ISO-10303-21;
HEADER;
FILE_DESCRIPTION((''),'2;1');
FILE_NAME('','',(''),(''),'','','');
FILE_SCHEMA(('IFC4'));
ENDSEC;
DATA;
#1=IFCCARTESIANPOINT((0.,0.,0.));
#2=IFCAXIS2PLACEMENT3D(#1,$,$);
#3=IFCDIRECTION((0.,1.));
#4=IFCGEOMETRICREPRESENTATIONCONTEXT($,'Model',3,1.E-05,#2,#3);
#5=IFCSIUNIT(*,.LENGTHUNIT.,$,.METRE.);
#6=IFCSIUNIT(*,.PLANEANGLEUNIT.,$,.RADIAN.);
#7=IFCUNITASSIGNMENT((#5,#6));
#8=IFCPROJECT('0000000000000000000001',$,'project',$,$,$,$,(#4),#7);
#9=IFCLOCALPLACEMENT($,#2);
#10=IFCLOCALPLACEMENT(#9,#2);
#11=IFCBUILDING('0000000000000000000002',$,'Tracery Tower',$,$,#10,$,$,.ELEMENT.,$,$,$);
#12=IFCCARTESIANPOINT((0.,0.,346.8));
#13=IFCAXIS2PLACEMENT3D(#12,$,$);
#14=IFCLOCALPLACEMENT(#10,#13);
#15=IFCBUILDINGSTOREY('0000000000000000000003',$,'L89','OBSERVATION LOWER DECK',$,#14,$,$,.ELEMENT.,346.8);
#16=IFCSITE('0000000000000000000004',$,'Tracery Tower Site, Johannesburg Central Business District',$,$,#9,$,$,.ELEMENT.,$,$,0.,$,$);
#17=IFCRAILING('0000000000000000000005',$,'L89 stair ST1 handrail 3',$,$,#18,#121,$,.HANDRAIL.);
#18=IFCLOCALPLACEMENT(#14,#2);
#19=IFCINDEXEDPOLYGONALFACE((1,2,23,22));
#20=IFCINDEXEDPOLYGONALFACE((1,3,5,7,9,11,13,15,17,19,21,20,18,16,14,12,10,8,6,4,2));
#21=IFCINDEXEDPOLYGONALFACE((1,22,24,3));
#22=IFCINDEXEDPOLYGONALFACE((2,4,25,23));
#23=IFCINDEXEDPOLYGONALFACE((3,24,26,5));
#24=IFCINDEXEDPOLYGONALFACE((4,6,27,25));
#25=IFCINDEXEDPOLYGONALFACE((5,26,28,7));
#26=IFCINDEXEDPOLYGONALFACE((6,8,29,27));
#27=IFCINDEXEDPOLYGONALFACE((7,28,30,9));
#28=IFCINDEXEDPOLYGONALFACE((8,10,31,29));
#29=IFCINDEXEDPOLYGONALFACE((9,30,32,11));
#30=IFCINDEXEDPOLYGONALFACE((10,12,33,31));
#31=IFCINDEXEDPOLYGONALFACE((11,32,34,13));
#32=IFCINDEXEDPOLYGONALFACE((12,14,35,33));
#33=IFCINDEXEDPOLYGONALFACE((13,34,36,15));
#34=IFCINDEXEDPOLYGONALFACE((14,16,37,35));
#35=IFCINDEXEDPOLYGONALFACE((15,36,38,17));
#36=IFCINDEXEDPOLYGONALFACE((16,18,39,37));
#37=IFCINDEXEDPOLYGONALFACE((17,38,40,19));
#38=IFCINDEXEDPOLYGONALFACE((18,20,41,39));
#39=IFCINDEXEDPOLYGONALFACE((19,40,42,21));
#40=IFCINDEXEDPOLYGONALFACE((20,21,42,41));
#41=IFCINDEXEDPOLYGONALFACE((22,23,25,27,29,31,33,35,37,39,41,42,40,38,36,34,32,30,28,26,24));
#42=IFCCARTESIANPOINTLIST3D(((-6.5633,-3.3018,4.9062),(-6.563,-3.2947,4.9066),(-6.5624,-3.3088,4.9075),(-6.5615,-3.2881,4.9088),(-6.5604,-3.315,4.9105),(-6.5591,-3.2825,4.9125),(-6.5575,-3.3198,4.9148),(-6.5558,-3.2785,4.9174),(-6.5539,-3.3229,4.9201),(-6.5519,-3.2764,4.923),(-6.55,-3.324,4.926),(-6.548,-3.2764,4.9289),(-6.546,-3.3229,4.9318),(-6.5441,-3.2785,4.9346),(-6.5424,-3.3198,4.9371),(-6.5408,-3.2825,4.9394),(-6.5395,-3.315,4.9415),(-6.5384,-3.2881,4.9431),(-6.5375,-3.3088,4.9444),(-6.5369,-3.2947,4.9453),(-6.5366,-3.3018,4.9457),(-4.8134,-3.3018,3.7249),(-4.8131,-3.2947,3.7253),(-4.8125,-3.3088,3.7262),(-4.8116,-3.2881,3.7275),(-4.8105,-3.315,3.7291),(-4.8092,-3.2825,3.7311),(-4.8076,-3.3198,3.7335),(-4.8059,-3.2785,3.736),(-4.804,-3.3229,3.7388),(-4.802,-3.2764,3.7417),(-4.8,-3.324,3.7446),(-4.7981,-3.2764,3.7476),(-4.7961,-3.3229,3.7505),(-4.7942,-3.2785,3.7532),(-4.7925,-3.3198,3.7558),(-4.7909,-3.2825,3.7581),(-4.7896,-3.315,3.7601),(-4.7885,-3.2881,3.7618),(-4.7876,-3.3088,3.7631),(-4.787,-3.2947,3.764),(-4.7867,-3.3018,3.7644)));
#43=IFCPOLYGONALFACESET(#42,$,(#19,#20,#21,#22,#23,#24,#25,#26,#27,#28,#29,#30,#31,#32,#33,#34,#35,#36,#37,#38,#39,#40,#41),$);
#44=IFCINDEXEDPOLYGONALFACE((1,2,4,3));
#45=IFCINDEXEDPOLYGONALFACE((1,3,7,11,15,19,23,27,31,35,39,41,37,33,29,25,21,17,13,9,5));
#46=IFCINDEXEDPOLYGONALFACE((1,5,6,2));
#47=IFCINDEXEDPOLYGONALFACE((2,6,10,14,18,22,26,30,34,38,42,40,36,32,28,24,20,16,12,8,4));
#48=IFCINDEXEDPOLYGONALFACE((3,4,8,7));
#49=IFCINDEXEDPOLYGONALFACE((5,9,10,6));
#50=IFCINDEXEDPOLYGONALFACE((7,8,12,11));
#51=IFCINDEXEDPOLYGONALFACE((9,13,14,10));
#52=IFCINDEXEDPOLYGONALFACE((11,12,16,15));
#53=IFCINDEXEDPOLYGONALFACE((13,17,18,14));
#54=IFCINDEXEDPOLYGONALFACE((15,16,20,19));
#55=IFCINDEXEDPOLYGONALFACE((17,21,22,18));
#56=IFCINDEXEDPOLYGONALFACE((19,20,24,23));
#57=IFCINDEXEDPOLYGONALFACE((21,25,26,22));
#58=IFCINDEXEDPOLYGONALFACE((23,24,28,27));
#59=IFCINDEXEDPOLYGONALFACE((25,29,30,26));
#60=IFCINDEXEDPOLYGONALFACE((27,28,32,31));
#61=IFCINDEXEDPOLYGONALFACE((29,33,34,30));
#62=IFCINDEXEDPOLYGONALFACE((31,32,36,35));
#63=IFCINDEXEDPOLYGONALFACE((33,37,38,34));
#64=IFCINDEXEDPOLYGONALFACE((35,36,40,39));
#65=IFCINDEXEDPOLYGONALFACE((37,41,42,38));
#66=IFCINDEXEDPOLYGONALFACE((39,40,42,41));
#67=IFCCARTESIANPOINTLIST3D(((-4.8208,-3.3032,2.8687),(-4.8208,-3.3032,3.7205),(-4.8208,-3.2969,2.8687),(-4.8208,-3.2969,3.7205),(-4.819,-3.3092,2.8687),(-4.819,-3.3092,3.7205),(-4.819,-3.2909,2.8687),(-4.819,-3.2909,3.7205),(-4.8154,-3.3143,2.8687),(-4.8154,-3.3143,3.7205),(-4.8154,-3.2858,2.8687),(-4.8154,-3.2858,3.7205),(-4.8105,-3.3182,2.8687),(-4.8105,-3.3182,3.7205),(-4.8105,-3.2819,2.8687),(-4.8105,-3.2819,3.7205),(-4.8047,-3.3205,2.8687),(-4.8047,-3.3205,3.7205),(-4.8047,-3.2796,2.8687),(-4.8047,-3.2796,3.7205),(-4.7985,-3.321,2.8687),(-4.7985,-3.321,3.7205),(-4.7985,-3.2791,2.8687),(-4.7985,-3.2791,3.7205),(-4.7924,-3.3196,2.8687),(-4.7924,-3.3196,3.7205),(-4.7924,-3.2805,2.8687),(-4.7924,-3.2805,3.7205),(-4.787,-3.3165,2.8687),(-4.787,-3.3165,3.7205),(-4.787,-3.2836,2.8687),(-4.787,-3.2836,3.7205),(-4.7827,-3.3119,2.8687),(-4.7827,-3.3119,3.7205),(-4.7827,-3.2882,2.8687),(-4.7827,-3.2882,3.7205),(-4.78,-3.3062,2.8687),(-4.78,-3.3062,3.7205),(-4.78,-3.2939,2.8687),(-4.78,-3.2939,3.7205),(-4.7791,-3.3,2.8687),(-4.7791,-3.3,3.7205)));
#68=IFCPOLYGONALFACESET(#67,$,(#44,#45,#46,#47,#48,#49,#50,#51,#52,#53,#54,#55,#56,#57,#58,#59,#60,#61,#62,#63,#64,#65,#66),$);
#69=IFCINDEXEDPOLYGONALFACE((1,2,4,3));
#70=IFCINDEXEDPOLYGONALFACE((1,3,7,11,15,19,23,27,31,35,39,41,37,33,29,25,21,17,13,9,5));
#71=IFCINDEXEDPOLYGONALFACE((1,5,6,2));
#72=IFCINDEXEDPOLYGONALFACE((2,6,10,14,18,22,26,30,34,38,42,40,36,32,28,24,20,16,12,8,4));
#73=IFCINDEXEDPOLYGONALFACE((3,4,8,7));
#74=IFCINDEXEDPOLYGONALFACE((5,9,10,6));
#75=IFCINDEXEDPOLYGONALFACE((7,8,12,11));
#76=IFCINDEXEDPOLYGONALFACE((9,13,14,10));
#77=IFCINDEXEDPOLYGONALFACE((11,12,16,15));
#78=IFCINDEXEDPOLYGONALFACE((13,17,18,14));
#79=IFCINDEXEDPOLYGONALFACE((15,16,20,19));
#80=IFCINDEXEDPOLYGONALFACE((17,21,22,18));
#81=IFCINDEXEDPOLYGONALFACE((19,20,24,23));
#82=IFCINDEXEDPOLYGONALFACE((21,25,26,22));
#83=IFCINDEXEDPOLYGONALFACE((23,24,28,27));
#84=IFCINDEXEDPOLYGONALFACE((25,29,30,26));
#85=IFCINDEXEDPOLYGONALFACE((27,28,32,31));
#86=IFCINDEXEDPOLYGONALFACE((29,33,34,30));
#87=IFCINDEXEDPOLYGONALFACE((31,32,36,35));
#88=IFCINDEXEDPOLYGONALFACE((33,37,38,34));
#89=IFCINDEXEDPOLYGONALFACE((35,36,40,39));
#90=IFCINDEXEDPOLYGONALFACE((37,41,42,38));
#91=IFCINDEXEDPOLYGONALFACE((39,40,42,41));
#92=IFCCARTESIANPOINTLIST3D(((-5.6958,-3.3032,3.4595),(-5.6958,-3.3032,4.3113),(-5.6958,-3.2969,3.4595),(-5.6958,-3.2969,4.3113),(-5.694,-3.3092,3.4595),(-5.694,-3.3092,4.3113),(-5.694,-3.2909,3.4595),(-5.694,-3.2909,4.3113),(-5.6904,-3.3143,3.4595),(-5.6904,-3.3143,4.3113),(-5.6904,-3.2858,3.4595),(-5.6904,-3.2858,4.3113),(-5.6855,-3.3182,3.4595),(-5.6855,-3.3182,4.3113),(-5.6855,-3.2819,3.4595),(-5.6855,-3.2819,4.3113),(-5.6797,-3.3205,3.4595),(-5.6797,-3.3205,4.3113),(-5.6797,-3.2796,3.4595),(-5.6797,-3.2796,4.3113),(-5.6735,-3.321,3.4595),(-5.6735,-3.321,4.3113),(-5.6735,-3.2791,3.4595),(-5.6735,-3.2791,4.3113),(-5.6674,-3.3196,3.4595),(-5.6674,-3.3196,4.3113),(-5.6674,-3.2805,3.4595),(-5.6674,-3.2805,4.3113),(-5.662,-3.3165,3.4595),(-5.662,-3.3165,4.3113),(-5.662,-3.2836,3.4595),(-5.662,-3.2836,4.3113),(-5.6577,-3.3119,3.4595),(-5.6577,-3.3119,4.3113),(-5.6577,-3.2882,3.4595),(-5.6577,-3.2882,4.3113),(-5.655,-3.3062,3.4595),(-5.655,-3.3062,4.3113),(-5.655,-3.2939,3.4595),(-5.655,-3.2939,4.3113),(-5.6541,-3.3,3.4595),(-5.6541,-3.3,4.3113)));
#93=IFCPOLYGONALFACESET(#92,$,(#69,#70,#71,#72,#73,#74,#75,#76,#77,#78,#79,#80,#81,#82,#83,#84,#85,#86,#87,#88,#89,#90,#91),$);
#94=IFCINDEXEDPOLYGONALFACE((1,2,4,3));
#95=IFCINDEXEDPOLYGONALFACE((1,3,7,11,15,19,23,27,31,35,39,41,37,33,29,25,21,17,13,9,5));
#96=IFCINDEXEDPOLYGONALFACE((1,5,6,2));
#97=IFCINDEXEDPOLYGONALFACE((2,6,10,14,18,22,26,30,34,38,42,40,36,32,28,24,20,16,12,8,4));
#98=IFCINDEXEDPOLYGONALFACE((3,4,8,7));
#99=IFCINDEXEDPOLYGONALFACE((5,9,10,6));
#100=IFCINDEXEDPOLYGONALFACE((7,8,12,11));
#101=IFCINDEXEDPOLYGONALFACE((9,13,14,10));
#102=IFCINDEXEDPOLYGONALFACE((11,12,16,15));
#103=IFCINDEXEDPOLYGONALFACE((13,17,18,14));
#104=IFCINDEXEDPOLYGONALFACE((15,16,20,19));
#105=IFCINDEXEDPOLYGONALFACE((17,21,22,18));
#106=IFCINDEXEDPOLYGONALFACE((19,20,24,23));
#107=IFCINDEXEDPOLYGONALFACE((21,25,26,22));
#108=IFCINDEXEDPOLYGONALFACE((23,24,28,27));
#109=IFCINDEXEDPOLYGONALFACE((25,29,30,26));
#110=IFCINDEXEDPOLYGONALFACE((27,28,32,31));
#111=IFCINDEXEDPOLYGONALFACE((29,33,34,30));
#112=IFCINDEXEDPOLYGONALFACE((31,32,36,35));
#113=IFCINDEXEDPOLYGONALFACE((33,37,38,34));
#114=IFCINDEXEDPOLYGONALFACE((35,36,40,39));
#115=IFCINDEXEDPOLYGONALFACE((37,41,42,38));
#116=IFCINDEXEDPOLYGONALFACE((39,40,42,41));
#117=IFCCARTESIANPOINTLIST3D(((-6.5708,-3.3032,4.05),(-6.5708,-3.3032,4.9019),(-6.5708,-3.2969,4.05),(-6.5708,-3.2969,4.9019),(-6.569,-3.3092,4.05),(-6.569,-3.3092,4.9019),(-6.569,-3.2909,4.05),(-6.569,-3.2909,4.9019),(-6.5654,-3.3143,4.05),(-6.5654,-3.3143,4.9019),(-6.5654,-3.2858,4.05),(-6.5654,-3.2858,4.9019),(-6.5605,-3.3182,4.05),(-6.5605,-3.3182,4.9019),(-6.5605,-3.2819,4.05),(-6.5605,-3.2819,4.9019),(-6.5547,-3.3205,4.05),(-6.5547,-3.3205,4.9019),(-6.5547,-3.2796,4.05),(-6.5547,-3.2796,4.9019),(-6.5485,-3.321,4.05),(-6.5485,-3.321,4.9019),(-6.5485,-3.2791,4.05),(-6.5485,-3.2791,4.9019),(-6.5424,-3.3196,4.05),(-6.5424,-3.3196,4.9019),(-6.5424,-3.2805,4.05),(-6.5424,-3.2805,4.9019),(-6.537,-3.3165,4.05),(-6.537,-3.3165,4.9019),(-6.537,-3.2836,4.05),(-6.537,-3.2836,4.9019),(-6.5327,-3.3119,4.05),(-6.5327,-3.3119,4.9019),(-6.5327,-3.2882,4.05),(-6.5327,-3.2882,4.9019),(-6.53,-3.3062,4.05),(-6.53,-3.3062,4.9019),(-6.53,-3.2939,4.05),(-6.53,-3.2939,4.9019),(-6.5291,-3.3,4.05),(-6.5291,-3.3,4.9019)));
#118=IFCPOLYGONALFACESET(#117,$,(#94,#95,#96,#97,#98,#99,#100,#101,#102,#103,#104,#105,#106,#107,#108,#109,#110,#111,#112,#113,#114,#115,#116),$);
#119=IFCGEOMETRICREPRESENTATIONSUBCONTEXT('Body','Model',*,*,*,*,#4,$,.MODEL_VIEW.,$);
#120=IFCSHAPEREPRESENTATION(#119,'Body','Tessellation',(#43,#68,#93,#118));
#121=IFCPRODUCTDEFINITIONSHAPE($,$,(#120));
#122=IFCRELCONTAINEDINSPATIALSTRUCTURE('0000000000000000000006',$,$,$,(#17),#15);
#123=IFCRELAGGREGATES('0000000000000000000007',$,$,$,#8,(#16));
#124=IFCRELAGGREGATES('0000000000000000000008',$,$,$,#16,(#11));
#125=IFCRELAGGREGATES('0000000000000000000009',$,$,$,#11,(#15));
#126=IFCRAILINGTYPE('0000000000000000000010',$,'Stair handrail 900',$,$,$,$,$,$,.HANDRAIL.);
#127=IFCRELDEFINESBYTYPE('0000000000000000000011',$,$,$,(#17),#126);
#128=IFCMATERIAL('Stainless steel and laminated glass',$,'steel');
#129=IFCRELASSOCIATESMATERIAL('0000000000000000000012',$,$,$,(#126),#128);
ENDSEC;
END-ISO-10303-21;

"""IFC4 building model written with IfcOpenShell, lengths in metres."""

from ifc_helpers import new_model, si_unit, direction, frame, origin, origin_2d, place, context, subcontext, project, spatial, circle, extrude, material, type_object, element, save


model = new_model("IFC4")

# Units and contexts
model_context = context("Model", 3, precision=1e-05, world=origin(), true_north=direction((0.0, 1.0)))
body_context = subcontext(model_context, "Body", "Model", "MODEL_VIEW")
ifc_project = project(units=[si_unit("LENGTHUNIT", "METRE"), si_unit("PLANEANGLEUNIT", "RADIAN")], contexts=[model_context])

# Site, building, storey
site_placement = place(None, origin())
site = spatial("IfcSite", under=ifc_project, at=site_placement, Name="Tracery Tower Site, Johannesburg Central Business District", CompositionType="ELEMENT", RefElevation=0.0)
building_placement = place(site_placement, origin())
building = spatial("IfcBuilding", under=site, at=building_placement, Name="Tracery Tower", CompositionType="ELEMENT")
storey_placement = place(building_placement, frame((0.0, 0.0, 346.8)))
storey = spatial("IfcBuildingStorey", under=building, at=storey_placement, Name="L89", Description="OBSERVATION LOWER DECK", CompositionType="ELEMENT", Elevation=346.8)

# Railing
ifc_material_1 = material(Name="Stainless steel and laminated glass", Category="steel")
railing_type_1 = type_object("IfcRailingType", Name="Stair handrail 900", PredefinedType="HANDRAIL", material=ifc_material_1)
railing_1_placement = place(storey_placement, frame((-4.8, -3.3, 2.8687)))
element("IfcRailing", 1, at=railing_1_placement, inside=storey, type_object=railing_type_1, Name="L89 stair ST1 handrail 3", PredefinedType="HANDRAIL", context=body_context, shape_type="SweptSolid", body=[
    extrude(circle(Radius=0.0239, at=origin_2d()), frame((0.0, 0.0, 0.876), z_axis=(-0.828817, 0.0, 0.559521), x_axis=(0.0, -1.0, 0.0)), (0.0, 0.0, 1.0), 2.1113),
    extrude(circle(Radius=0.021, at=origin_2d()), origin(), (0.0, 0.0, 1.0), 0.8518),
    extrude(circle(Radius=0.021, at=origin_2d()), frame((-0.875, 0.0, 0.5908)), (0.0, 0.0, 1.0), 0.8518),
    extrude(circle(Radius=0.021, at=origin_2d()), frame((-1.75, 0.0, 1.1814)), (0.0, 0.0, 1.0), 0.8518),
])

save(model, "model.ifc")
